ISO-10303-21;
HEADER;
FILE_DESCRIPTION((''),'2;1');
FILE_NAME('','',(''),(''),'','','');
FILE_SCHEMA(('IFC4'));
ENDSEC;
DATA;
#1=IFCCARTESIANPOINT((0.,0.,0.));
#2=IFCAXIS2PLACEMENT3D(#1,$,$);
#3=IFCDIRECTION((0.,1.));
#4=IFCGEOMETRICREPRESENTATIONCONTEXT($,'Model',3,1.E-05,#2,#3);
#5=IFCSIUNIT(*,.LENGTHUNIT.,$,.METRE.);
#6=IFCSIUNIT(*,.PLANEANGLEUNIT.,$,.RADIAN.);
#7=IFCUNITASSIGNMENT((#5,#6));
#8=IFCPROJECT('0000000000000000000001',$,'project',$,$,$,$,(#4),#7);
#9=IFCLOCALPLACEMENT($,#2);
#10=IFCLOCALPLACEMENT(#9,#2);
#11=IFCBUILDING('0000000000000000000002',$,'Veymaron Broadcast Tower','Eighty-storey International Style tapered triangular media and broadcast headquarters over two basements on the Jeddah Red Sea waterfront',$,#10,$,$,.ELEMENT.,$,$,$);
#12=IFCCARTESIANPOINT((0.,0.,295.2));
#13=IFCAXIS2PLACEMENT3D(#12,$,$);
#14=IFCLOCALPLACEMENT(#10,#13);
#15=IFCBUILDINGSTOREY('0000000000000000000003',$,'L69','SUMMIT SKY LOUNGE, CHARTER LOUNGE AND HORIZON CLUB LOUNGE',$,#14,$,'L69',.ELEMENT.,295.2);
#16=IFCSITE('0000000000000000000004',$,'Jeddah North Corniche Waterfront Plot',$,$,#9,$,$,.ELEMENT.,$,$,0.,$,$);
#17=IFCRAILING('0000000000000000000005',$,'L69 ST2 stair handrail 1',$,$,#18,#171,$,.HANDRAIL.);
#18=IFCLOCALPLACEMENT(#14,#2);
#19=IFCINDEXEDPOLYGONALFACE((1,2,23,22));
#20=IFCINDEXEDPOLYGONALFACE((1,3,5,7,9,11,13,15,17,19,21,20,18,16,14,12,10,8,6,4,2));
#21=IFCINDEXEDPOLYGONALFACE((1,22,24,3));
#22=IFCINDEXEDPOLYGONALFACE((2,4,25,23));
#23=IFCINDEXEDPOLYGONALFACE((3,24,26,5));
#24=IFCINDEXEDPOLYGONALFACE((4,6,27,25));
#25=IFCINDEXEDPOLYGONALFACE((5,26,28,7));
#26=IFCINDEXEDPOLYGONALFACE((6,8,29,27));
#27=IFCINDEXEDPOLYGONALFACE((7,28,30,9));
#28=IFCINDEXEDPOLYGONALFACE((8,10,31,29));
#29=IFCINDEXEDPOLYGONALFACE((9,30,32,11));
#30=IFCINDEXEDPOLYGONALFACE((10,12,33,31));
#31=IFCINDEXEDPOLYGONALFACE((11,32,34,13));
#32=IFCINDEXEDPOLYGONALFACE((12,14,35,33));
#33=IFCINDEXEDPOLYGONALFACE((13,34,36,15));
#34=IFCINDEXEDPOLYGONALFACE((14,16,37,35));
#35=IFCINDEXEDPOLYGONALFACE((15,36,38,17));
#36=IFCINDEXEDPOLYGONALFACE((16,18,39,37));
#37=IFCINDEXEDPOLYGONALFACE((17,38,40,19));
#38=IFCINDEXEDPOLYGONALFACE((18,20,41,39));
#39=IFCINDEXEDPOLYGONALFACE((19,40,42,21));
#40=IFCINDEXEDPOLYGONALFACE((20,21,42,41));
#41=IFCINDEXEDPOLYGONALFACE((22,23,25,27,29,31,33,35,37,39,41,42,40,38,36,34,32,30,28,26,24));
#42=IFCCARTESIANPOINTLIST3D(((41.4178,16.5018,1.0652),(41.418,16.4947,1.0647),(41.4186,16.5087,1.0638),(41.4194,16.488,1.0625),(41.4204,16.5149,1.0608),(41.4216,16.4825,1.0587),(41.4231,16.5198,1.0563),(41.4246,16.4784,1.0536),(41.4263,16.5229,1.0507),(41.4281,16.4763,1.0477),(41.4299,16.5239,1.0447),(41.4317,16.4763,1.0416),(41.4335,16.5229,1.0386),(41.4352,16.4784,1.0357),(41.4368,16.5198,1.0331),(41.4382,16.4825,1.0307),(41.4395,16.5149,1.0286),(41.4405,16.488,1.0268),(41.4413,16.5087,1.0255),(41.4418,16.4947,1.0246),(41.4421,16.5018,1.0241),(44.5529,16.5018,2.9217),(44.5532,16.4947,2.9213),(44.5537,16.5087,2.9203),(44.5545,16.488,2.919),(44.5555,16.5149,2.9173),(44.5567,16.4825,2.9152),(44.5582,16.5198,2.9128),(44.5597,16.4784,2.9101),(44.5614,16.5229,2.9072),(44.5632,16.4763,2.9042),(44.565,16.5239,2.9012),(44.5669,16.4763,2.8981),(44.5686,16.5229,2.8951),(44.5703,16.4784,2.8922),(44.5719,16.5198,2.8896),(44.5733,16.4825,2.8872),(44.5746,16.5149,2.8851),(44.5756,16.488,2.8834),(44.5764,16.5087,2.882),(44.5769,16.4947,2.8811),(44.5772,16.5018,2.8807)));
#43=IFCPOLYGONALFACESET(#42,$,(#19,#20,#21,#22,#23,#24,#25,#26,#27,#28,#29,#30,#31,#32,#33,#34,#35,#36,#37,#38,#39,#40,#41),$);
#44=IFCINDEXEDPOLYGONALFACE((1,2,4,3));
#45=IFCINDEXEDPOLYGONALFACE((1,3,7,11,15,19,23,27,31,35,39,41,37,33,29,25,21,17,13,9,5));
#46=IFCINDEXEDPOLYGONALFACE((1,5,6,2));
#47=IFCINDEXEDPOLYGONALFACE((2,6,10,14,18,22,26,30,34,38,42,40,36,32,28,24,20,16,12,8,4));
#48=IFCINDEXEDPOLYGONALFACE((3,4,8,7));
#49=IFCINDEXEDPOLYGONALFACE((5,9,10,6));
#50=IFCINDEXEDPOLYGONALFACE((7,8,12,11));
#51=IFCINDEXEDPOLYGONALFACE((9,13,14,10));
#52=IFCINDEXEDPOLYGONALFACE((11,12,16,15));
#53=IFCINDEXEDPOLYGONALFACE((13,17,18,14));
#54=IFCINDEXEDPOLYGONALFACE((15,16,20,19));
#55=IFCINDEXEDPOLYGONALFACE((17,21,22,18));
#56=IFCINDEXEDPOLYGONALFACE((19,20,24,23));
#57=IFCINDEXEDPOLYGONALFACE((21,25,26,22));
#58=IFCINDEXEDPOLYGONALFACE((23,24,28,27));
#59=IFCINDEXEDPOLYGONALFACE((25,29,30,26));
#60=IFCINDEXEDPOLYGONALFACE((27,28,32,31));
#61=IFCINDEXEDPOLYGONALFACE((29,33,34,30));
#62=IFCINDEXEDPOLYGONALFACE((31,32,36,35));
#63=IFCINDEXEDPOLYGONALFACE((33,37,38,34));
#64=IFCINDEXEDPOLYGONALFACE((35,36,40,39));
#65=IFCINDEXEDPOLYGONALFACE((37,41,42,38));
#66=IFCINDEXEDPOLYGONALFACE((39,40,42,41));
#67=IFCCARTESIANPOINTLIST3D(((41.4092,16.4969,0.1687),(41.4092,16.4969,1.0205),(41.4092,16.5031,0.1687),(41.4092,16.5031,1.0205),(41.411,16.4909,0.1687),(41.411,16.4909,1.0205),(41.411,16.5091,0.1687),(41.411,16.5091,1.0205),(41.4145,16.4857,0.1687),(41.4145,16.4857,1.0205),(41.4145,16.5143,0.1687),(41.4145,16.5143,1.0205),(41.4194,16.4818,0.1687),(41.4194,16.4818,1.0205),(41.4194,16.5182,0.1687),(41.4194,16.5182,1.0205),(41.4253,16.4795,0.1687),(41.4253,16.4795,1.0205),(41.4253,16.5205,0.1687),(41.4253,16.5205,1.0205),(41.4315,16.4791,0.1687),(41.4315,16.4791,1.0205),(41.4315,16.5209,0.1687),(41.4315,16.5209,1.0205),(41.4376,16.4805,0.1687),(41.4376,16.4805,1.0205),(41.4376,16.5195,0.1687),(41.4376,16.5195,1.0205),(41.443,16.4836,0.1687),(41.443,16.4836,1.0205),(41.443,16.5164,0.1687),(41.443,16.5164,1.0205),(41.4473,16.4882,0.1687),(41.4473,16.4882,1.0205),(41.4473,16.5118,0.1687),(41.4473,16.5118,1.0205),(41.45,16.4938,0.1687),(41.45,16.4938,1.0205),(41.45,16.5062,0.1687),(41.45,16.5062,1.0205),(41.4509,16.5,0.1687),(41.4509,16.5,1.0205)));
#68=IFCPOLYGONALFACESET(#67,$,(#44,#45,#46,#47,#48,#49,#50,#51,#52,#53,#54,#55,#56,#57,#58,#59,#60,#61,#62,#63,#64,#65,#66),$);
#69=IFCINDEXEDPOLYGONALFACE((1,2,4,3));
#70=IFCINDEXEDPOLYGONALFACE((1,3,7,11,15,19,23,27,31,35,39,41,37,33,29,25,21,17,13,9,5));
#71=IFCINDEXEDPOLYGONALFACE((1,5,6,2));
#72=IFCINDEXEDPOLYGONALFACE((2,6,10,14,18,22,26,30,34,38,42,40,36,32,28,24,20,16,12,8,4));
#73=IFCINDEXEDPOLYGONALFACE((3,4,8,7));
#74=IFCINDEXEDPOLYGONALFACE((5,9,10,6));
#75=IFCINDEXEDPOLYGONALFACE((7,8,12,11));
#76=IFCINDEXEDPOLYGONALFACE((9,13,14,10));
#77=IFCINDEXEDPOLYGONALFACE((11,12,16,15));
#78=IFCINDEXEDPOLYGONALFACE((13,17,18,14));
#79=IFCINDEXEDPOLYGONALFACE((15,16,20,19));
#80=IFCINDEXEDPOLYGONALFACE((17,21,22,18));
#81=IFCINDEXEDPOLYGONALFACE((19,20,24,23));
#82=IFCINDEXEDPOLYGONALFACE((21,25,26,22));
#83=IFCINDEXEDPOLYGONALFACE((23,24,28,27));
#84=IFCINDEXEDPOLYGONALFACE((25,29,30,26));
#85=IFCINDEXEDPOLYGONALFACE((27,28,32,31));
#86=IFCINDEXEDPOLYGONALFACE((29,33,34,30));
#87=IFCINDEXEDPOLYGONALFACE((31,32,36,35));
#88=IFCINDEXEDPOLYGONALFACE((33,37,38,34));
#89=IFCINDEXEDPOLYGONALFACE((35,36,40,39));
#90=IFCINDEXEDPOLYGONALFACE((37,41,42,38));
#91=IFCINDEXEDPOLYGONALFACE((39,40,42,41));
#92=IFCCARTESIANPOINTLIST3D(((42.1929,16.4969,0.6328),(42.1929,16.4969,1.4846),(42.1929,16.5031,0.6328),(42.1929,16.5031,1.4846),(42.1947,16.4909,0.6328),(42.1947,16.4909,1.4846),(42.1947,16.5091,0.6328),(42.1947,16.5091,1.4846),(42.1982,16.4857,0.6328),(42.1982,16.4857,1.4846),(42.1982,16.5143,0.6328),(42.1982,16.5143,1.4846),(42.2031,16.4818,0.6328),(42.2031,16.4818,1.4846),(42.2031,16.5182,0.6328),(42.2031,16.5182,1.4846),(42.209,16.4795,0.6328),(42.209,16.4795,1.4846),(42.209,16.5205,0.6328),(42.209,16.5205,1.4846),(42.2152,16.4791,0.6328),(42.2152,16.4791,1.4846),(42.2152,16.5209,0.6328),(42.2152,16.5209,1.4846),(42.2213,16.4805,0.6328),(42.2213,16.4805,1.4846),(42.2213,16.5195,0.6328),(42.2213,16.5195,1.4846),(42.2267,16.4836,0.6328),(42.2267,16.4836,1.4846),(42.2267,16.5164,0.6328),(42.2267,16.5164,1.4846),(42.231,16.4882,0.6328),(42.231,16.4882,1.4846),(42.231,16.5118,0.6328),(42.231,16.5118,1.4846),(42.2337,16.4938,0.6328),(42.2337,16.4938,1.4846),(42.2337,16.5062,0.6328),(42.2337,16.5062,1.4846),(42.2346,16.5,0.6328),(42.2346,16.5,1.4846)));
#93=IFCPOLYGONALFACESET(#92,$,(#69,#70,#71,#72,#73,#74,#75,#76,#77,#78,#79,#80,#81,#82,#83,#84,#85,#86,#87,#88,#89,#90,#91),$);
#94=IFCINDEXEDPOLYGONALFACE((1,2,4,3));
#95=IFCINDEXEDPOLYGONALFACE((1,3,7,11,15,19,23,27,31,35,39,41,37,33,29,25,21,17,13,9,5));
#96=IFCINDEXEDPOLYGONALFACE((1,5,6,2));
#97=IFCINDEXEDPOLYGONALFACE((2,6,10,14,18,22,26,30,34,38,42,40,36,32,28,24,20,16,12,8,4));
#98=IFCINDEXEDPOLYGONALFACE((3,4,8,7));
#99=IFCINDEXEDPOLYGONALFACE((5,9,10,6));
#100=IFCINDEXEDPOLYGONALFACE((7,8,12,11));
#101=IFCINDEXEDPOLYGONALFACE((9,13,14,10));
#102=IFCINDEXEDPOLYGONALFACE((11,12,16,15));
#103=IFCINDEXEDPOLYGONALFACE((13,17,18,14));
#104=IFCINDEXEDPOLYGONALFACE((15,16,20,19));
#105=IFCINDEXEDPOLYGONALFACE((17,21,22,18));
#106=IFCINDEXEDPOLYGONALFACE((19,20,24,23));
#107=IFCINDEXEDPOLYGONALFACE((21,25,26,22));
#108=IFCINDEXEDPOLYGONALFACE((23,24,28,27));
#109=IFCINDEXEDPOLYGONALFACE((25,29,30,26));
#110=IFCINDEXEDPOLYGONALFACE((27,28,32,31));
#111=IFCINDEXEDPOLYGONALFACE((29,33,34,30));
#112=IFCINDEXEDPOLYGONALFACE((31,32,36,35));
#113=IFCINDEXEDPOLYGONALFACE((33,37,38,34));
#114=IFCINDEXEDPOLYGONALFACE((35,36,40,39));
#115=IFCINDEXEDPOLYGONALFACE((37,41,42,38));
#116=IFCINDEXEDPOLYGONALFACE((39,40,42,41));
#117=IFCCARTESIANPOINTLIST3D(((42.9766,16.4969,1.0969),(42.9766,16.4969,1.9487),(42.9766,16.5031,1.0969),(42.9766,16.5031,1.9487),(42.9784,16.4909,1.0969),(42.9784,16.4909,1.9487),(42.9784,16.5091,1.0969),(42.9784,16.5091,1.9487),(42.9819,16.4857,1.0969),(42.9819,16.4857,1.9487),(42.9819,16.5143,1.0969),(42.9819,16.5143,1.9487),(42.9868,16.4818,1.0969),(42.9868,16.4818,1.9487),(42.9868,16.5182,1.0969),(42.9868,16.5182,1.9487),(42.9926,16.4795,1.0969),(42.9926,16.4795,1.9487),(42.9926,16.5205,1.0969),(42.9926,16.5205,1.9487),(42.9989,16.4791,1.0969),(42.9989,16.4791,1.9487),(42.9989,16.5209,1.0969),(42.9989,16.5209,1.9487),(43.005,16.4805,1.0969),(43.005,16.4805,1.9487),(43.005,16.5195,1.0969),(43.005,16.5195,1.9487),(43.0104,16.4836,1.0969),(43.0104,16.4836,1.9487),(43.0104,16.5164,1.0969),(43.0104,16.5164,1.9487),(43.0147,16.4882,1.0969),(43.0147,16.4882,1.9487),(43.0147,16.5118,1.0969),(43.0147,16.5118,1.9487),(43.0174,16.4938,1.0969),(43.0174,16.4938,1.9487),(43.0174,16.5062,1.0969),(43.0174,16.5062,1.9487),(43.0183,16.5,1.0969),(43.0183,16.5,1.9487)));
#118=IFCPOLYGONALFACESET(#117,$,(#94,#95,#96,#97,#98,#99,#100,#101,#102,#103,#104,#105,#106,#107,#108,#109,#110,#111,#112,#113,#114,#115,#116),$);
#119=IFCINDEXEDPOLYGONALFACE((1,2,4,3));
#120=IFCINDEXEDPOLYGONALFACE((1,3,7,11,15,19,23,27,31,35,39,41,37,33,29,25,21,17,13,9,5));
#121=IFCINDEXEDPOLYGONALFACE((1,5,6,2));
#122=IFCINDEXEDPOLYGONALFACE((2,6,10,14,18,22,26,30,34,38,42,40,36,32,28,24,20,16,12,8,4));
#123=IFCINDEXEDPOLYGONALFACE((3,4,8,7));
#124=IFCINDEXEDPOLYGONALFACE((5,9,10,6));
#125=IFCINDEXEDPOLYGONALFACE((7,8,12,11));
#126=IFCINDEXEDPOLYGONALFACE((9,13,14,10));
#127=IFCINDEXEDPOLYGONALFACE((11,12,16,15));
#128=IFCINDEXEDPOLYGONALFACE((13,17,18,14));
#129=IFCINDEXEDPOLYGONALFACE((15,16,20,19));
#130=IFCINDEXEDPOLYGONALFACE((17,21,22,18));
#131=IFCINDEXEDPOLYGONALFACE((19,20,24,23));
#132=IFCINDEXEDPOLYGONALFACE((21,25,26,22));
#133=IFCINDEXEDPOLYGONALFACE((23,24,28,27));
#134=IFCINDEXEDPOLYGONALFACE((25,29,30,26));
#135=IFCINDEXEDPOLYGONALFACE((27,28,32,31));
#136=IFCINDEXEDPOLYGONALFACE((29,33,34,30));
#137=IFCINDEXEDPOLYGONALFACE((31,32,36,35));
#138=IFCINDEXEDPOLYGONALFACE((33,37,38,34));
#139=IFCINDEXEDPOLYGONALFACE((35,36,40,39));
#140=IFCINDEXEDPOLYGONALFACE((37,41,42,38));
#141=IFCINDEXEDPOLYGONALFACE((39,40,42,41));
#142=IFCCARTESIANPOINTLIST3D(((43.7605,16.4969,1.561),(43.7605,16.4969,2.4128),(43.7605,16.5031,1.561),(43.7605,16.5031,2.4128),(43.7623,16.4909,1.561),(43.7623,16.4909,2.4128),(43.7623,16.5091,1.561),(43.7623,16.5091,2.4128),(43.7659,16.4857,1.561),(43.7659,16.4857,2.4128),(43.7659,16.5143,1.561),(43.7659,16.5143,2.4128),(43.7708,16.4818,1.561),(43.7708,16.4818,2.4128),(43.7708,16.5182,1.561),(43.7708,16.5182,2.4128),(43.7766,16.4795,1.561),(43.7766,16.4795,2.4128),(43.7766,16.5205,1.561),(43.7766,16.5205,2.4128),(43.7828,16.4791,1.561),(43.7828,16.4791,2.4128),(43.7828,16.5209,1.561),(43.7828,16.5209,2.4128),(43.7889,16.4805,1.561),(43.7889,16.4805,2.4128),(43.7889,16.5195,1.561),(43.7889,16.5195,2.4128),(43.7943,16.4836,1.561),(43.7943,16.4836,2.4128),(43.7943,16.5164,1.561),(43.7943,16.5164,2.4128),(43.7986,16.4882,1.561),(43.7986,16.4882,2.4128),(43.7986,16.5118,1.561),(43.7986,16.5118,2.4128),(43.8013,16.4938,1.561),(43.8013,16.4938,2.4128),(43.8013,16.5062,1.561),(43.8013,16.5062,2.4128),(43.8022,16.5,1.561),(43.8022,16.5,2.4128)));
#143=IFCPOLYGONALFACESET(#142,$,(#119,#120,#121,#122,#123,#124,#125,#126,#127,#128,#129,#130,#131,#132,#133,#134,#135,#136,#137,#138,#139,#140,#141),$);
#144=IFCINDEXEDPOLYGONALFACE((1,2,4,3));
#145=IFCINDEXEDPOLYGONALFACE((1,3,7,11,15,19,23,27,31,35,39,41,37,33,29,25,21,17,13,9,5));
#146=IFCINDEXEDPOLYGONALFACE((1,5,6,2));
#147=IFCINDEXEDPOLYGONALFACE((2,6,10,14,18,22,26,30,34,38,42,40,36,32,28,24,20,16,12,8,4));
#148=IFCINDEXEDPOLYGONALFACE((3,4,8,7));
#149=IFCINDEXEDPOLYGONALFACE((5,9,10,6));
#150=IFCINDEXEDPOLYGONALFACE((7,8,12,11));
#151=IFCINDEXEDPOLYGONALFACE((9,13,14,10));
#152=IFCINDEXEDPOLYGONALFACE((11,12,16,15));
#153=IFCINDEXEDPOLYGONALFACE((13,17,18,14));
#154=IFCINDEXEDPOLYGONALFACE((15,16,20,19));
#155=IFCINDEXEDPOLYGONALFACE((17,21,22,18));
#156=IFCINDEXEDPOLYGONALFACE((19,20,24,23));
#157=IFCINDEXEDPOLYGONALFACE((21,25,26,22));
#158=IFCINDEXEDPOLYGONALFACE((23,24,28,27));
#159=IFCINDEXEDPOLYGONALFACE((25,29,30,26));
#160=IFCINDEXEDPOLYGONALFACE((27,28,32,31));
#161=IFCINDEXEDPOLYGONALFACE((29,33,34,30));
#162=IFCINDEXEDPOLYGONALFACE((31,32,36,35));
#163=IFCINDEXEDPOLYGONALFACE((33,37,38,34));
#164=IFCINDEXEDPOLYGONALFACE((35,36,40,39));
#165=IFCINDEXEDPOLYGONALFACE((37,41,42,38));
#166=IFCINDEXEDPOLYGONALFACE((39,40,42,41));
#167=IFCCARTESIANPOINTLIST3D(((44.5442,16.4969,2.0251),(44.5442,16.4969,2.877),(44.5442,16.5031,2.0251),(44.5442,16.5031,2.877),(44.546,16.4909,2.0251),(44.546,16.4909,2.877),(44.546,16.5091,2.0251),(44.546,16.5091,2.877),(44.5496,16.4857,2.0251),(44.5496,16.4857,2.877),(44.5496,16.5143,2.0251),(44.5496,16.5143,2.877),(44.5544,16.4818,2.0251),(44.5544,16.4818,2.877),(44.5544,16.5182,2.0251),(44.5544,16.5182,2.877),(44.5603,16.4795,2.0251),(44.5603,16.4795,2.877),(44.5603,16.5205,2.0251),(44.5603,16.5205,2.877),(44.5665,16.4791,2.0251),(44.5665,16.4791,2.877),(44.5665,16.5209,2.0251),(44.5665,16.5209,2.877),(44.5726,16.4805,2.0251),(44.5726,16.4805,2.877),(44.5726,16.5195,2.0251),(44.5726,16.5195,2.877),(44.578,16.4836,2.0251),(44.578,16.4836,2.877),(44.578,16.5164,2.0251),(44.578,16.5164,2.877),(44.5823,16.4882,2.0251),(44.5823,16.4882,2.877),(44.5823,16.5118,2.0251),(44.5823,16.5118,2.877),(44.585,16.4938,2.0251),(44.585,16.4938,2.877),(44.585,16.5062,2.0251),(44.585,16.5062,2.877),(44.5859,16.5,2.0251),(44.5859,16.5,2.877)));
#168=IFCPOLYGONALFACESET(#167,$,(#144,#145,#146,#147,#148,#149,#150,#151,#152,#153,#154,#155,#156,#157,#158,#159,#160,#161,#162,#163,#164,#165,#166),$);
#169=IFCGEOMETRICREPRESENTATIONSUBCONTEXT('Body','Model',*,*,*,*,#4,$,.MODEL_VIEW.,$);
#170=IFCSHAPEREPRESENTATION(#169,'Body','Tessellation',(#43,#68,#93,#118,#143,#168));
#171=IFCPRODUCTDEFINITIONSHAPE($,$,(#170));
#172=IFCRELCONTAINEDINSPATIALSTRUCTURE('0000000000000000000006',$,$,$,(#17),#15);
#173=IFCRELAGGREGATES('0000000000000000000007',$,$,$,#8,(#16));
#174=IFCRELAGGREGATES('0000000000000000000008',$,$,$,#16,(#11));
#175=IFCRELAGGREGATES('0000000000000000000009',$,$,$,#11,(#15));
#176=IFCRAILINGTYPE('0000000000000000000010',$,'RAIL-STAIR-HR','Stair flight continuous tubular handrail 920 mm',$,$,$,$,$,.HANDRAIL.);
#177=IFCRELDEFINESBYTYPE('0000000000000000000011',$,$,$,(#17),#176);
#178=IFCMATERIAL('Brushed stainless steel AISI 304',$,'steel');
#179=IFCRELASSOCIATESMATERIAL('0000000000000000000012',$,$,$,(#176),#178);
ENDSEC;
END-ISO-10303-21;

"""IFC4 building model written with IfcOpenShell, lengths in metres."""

from ifc_helpers import new_model, si_unit, direction, frame, origin, origin_2d, place, context, subcontext, project, spatial, circle, extrude, material, type_object, element, save


model = new_model("IFC4")

# Units and contexts
model_context = context("Model", 3, precision=1e-05, world=origin(), true_north=direction((0.0, 1.0)))
body_context = subcontext(model_context, "Body", "Model", "MODEL_VIEW")
ifc_project = project(units=[si_unit("LENGTHUNIT", "METRE"), si_unit("PLANEANGLEUNIT", "RADIAN")], contexts=[model_context])

# Site, building, storey
site_placement = place(None, origin())
site = spatial("IfcSite", under=ifc_project, at=site_placement, Name="Jeddah North Corniche Waterfront Plot", CompositionType="ELEMENT", RefElevation=0.0)
building_placement = place(site_placement, origin())
building = spatial("IfcBuilding", under=site, at=building_placement, Name="Veymaron Broadcast Tower", Description="Eighty-storey International Style tapered triangular media and broadcast headquarters over two basements on the Jeddah Red Sea waterfront", CompositionType="ELEMENT")
storey_placement = place(building_placement, frame((0.0, 0.0, 295.2)))
storey = spatial("IfcBuildingStorey", under=building, at=storey_placement, Name="L69", Description="SUMMIT SKY LOUNGE, CHARTER LOUNGE AND HORIZON CLUB LOUNGE", LongName="L69", CompositionType="ELEMENT", Elevation=295.2)

# Railing
ifc_material_1 = material(Name="Brushed stainless steel AISI 304", Category="steel")
railing_type_1 = type_object("IfcRailingType", Name="RAIL-STAIR-HR", Description="Stair flight continuous tubular handrail 920 mm", PredefinedType="HANDRAIL", material=ifc_material_1)
railing_1_placement = place(storey_placement, frame((41.4299, 16.5, 0.1687)))
element("IfcRailing", 1, at=railing_1_placement, inside=storey, type_object=railing_type_1, Name="L69 ST2 stair handrail 1", PredefinedType="HANDRAIL", context=body_context, shape_type="SweptSolid", body=[
    extrude(circle(Radius=0.0239, at=origin_2d()), frame((0.0, 0.0, 0.876), z_axis=(0.860453, 0.0, 0.509531), x_axis=(0.0, 1.0, 0.0)), (0.0, 0.0, 1.0), 3.6436),
    extrude(circle(Radius=0.021, at=origin_2d()), origin(), (0.0, 0.0, 1.0), 0.8518),
    extrude(circle(Radius=0.021, at=origin_2d()), frame((0.7837, 0.0, 0.4641)), (0.0, 0.0, 1.0), 0.8518),
    extrude(circle(Radius=0.021, at=origin_2d()), frame((1.5674, 0.0, 0.9282)), (0.0, 0.0, 1.0), 0.8518),
    extrude(circle(Radius=0.021, at=origin_2d()), frame((2.3513, 0.0, 1.3923)), (0.0, 0.0, 1.0), 0.8518),
    extrude(circle(Radius=0.021, at=origin_2d()), frame((3.135, 0.0, 1.8564)), (0.0, 0.0, 1.0), 0.8518),
])

save(model, "model.ifc")
